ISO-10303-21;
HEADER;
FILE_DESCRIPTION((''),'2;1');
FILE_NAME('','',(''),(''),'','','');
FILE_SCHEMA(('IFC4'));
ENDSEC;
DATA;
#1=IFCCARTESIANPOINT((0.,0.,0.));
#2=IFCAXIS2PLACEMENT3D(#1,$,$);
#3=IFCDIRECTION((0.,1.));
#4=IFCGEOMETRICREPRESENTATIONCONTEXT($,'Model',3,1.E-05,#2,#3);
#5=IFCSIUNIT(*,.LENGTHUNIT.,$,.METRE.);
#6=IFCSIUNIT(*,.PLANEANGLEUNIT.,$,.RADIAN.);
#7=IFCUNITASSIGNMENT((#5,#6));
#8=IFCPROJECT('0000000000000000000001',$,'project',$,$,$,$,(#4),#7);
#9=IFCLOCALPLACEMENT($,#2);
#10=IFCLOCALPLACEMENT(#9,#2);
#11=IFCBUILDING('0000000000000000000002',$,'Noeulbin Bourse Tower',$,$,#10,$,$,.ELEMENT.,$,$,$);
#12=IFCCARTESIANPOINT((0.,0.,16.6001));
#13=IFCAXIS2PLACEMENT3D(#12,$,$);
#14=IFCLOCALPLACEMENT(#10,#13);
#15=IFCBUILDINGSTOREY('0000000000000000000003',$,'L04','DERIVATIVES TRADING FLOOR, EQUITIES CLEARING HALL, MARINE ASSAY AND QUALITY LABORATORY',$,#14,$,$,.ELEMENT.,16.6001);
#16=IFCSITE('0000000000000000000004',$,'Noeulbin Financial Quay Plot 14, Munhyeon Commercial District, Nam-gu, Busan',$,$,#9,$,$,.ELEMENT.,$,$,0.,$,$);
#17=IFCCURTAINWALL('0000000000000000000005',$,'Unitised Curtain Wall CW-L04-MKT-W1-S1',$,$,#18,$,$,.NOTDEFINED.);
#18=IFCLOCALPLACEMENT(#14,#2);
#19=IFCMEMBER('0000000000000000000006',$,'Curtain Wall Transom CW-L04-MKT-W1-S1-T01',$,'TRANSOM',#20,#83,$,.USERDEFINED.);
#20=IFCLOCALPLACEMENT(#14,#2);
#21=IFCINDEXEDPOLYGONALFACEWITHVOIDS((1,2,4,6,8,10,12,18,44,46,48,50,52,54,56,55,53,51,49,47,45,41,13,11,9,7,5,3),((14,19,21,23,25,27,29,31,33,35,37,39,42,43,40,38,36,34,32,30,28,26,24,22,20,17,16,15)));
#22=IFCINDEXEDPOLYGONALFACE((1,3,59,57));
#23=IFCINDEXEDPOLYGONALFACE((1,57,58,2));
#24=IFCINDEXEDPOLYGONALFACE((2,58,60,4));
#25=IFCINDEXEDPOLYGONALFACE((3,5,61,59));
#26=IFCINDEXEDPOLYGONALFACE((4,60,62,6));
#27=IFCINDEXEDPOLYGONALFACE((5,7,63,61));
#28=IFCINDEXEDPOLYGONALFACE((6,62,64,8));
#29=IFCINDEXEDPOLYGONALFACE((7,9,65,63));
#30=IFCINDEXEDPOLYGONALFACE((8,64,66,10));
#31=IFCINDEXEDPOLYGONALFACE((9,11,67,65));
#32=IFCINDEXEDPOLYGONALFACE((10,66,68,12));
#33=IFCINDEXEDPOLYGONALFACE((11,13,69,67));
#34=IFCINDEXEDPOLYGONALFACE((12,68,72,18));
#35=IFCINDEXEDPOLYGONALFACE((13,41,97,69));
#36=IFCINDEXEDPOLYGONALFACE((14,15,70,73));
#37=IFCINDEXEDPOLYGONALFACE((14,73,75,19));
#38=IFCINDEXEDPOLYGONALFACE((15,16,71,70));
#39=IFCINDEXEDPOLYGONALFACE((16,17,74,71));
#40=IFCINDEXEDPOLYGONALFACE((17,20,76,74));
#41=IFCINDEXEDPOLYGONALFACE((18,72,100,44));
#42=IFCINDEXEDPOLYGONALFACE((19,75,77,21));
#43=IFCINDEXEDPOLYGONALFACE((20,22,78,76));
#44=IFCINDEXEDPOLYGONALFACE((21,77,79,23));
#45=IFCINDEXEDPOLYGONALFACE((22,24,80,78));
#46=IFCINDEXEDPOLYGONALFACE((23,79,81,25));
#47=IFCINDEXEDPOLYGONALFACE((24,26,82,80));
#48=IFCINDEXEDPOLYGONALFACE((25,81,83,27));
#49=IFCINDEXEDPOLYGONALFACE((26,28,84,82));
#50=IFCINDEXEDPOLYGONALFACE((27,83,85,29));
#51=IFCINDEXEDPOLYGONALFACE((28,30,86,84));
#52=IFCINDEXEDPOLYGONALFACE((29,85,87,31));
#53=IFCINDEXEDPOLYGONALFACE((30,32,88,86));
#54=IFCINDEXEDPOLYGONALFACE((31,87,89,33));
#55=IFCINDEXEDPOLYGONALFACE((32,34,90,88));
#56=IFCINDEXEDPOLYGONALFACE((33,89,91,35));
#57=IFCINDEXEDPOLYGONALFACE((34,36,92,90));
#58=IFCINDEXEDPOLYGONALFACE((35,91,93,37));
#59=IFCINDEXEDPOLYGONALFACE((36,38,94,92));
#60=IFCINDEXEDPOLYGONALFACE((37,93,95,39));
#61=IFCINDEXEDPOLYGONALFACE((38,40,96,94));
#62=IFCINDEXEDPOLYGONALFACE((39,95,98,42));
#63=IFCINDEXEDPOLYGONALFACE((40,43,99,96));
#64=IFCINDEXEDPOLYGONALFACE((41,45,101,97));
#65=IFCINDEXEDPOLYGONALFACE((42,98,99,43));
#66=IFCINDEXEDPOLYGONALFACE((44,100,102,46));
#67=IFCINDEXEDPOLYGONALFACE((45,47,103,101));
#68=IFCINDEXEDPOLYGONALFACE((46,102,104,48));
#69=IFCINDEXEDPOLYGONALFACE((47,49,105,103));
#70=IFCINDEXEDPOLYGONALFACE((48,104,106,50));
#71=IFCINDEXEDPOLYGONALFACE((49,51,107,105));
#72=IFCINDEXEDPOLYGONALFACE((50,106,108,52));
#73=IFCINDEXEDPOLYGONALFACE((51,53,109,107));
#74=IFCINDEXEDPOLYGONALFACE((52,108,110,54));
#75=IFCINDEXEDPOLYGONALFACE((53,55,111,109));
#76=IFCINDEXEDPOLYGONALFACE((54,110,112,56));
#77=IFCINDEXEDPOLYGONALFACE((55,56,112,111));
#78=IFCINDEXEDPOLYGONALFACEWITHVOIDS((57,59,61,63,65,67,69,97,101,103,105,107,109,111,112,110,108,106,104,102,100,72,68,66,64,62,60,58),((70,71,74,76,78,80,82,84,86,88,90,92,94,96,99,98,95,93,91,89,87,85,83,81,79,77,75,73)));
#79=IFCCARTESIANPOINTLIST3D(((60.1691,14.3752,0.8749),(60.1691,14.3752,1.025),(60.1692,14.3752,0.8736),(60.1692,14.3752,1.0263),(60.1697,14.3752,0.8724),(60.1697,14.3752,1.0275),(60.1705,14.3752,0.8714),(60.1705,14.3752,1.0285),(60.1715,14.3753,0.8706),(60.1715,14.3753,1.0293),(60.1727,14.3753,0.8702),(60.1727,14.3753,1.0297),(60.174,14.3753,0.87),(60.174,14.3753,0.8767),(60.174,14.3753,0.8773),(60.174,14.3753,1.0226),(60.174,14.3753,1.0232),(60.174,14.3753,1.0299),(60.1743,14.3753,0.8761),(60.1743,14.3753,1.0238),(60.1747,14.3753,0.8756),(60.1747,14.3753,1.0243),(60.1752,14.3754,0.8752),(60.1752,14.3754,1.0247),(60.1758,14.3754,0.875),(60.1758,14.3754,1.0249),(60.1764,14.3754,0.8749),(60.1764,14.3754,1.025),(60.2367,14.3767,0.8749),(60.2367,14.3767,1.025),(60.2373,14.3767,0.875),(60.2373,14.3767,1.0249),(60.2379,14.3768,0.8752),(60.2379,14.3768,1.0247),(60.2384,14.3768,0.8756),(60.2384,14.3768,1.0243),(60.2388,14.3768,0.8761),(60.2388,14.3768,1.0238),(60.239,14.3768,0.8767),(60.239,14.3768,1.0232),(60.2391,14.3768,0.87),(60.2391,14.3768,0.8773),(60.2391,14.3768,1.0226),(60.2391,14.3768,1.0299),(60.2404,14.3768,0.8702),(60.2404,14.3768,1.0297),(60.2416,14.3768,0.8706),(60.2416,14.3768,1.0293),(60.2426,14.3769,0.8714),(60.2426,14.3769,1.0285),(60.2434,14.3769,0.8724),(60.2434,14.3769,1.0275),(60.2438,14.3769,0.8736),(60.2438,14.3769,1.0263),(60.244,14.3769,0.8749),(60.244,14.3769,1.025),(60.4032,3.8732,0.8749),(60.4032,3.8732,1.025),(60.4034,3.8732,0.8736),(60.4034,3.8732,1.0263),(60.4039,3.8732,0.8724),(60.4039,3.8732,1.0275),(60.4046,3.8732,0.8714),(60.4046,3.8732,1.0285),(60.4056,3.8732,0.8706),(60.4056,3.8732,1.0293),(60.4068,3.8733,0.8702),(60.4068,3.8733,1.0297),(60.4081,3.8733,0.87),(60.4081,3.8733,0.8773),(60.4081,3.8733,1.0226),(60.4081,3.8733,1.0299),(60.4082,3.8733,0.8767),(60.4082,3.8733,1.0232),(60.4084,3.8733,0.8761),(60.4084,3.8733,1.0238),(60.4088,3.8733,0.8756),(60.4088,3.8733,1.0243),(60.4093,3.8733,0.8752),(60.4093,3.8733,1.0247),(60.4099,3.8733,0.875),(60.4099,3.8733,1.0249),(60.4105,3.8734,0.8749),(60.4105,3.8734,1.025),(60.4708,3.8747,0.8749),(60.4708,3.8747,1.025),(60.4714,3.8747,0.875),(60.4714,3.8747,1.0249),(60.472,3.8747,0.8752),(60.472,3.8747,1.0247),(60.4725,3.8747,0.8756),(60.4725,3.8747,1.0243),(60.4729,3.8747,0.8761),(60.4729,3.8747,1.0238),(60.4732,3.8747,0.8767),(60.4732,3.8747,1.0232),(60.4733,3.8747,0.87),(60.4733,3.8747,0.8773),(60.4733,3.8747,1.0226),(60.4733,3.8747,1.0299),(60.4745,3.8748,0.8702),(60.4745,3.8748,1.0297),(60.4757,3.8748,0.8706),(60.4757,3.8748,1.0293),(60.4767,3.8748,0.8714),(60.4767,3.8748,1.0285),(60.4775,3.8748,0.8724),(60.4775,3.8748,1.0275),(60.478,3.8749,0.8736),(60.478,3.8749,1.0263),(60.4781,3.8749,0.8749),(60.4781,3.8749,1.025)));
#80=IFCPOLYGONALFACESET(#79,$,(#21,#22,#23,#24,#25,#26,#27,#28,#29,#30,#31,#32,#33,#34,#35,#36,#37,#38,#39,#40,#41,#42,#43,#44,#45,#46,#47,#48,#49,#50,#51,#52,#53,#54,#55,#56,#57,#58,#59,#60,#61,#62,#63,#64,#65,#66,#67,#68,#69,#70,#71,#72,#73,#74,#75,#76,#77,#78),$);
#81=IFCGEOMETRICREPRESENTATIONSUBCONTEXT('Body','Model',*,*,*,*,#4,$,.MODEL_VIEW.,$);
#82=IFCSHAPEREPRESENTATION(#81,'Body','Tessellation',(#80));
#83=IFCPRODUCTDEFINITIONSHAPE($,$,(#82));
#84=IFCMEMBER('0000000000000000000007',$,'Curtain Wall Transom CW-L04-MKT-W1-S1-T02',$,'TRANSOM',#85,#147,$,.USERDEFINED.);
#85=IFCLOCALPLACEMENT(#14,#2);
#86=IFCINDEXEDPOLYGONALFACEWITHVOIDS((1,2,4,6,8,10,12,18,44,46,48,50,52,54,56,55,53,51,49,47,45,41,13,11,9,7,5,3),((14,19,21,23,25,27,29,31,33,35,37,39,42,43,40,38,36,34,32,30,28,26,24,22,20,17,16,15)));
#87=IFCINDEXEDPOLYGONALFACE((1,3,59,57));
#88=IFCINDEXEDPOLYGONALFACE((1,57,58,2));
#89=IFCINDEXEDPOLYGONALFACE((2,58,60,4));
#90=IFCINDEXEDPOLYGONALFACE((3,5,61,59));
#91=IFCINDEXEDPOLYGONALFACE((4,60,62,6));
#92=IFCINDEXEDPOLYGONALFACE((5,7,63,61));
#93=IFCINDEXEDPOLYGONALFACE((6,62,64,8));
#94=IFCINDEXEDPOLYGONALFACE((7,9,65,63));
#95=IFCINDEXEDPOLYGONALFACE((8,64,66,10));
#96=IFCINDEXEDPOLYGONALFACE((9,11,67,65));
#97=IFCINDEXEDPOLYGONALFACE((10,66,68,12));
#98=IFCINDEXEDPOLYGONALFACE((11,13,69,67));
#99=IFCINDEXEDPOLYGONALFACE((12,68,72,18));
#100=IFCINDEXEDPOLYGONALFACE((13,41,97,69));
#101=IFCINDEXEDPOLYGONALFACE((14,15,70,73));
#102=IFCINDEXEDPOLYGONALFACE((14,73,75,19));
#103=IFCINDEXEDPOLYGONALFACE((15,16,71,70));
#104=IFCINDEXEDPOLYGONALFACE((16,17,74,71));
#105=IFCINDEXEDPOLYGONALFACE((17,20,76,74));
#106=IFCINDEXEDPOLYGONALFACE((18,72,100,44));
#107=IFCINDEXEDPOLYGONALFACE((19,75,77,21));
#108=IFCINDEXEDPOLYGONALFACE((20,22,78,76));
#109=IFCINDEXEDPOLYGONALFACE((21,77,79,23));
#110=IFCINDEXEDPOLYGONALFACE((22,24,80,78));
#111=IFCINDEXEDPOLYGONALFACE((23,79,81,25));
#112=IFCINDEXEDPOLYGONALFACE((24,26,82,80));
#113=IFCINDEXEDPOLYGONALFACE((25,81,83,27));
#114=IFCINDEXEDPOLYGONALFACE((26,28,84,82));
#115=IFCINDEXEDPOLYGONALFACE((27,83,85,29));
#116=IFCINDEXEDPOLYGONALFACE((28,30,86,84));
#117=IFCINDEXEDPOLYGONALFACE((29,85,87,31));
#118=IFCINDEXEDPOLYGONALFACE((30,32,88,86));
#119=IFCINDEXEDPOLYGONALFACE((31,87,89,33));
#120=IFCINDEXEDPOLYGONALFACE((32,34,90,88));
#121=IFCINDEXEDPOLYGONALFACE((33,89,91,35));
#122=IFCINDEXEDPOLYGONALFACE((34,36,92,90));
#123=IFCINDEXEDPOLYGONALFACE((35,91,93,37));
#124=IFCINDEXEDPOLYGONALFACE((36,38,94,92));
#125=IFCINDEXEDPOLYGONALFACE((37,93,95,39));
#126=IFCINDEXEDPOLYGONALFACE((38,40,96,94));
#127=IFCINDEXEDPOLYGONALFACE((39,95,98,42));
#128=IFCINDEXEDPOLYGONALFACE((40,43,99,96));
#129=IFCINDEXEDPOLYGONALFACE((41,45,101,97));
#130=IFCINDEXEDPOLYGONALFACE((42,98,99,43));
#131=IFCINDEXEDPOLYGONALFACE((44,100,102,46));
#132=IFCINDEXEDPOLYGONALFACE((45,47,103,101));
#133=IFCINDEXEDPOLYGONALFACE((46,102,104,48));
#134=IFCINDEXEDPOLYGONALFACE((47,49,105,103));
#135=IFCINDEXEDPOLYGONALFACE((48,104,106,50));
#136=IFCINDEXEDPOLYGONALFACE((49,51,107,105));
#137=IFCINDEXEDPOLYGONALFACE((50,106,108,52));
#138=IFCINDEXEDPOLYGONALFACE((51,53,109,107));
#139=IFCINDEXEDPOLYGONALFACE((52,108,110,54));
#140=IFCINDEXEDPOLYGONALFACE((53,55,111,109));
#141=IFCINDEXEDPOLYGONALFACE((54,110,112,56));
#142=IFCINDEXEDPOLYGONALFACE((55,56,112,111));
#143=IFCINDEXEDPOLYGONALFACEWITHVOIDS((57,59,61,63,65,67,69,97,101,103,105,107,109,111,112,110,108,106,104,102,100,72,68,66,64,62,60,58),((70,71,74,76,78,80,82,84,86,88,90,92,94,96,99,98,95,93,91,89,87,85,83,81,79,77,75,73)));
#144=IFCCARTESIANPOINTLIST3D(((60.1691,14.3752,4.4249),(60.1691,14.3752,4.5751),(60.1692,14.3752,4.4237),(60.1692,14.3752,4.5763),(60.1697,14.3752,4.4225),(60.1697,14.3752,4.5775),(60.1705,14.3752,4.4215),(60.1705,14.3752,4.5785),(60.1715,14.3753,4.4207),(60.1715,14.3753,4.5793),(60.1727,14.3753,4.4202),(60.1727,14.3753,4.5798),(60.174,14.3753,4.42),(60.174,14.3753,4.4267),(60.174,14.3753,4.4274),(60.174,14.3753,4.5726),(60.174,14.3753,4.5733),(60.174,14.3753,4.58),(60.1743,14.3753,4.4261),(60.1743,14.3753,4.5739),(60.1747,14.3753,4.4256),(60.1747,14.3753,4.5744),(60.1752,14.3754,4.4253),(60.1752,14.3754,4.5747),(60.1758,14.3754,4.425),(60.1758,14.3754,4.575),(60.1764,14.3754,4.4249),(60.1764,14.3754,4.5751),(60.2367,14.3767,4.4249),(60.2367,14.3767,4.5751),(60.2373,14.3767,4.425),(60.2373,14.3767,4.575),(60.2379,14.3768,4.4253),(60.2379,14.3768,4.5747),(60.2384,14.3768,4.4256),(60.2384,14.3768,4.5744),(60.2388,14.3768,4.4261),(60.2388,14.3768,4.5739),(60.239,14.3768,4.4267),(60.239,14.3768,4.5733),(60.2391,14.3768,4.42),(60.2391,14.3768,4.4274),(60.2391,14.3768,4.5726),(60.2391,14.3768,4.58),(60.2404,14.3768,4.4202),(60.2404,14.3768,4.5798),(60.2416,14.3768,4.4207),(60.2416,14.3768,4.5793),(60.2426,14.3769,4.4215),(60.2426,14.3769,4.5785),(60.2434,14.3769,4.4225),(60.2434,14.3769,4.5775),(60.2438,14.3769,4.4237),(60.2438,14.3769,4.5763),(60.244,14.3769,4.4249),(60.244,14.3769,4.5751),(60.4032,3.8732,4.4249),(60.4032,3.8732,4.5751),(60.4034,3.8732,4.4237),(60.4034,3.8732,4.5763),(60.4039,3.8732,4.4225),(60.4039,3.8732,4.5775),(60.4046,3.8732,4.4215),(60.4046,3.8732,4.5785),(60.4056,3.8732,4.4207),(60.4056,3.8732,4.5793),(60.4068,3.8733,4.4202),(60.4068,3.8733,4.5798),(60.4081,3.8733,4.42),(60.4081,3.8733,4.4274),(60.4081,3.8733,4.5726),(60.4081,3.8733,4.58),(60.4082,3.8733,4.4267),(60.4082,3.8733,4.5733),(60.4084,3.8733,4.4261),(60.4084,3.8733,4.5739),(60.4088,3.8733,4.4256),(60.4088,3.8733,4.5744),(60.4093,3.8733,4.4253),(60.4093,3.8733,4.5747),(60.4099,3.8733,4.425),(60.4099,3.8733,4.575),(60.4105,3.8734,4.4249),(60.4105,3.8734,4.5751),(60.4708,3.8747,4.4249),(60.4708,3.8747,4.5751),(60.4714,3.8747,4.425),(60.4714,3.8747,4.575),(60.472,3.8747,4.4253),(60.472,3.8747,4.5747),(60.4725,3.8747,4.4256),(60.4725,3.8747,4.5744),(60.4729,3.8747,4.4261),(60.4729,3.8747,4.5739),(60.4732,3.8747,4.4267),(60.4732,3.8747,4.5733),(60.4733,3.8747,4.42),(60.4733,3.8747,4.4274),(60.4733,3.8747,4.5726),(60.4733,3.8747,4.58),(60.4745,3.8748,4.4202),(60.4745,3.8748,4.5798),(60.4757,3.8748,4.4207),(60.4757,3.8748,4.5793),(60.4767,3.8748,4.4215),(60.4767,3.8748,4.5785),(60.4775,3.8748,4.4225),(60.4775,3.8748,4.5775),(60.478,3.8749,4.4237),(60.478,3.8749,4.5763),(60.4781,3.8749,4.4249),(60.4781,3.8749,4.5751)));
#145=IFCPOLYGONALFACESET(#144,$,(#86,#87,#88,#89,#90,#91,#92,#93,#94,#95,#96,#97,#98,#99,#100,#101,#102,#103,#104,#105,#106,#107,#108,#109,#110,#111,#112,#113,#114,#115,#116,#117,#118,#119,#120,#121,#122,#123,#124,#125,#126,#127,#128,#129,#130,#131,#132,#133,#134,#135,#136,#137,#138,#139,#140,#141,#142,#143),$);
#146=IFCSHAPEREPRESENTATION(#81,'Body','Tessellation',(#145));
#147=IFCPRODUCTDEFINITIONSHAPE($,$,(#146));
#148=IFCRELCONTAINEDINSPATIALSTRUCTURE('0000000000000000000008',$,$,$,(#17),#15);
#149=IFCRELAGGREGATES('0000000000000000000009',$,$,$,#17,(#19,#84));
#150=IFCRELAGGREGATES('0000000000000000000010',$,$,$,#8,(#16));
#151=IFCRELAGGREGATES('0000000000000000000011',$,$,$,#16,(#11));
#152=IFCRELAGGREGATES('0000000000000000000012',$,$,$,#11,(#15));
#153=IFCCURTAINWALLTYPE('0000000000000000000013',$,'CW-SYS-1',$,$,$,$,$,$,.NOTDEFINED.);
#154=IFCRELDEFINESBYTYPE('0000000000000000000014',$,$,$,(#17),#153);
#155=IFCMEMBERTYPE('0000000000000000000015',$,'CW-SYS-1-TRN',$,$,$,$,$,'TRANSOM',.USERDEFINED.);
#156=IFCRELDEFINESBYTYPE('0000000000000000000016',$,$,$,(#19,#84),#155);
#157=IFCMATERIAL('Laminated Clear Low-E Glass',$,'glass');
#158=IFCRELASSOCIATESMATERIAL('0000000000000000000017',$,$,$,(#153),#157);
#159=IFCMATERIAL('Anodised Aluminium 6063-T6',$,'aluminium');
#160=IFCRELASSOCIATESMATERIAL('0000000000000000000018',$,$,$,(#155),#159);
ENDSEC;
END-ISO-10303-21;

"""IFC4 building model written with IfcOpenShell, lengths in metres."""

from ifc_helpers import new_model, si_unit, direction, frame, origin, origin_2d, place, context, subcontext, project, spatial, hollow_rectangle, extrude, material, material_profile, profile_set, type_object, element, aggregate, save


model = new_model("IFC4")

# Units and contexts
model_context = context("Model", 3, precision=1e-05, world=origin(), true_north=direction((0.0, 1.0)))
body_context = subcontext(model_context, "Body", "Model", "MODEL_VIEW")
ifc_project = project(units=[si_unit("LENGTHUNIT", "METRE"), si_unit("PLANEANGLEUNIT", "RADIAN")], contexts=[model_context])

# Site, building, storey
site_placement = place(None, origin())
site = spatial("IfcSite", under=ifc_project, at=site_placement, Name="Noeulbin Financial Quay Plot 14, Munhyeon Commercial District, Nam-gu, Busan", CompositionType="ELEMENT", RefElevation=0.0)
building_placement = place(site_placement, origin())
building = spatial("IfcBuilding", under=site, at=building_placement, Name="Noeulbin Bourse Tower", CompositionType="ELEMENT")
storey_placement = place(building_placement, frame((0.0, 0.0, 16.6001)))
storey = spatial("IfcBuildingStorey", under=building, at=storey_placement, Name="L04", Description="DERIVATIVES TRADING FLOOR, EQUITIES CLEARING HALL, MARINE ASSAY AND QUALITY LABORATORY", CompositionType="ELEMENT", Elevation=16.6001)

# Curtain wall
ifc_material_1 = material(Name="Laminated Clear Low-E Glass", Category="glass")
curtain_wall_type = type_object("IfcCurtainWallType", Name="CW-SYS-1", PredefinedType="NOTDEFINED", material=ifc_material_1)
curtain_wall_1_placement = place(storey_placement, origin())
curtain_wall_1 = element("IfcCurtainWall", 1, at=curtain_wall_1_placement, inside=storey, type_object=curtain_wall_type, Name="Unitised Curtain Wall CW-L04-MKT-W1-S1", PredefinedType="NOTDEFINED")
ifc_material_2 = material(Name="Anodised Aluminium 6063-T6", Category="aluminium")

# Members
ifc_material_profile_1 = material_profile(ifc_material_2, hollow_rectangle(XDim=0.075, YDim=0.1599, WallThickness=0.0049, InnerFilletRadius=0.0024, OuterFilletRadius=0.0049, at=origin_2d()), Name="ALU-TRAN-75x160x5", Category="LoadBearing")
ifc_profile_set_1 = profile_set([ifc_material_profile_1], Name="Anodised Aluminium 6063-T6")
member_type_1 = type_object("IfcMemberType", Name="CW-SYS-1-TRN", ElementType="TRANSOM", PredefinedType="USERDEFINED", material=ifc_profile_set_1)
member_1_placement = place(storey_placement, frame((60.4407, 3.874, 0.95), z_axis=(-0.022288, 0.999752, 0.0), x_axis=(-0.999752, -0.022288, 0.0)))
member_1 = element("IfcMember", 2, at=member_1_placement, type_object=member_type_1, Name="Curtain Wall Transom CW-L04-MKT-W1-S1-T01", ObjectType="TRANSOM", PredefinedType="USERDEFINED", context=body_context, shape_type="SweptSolid", body=[
    extrude(hollow_rectangle(XDim=0.075, YDim=0.1599, WallThickness=0.0049, InnerFilletRadius=0.0024, OuterFilletRadius=0.0049, at=origin_2d()), origin(), (0.0, 0.0, 1.0), 10.5046),
])
member_2_placement = place(storey_placement, frame((60.4407, 3.874, 4.5), z_axis=(-0.022288, 0.999752, 0.0), x_axis=(-0.999752, -0.022288, 0.0)))
member_2 = element("IfcMember", 3, at=member_2_placement, type_object=member_type_1, Name="Curtain Wall Transom CW-L04-MKT-W1-S1-T02", ObjectType="TRANSOM", PredefinedType="USERDEFINED", context=body_context, shape_type="SweptSolid", body=[
    extrude(hollow_rectangle(XDim=0.075, YDim=0.1599, WallThickness=0.0049, InnerFilletRadius=0.0024, OuterFilletRadius=0.0049, at=origin_2d()), origin(), (0.0, 0.0, 1.0), 10.5046),
])

aggregate(curtain_wall_1, [member_1, member_2])

save(model, "model.ifc")
